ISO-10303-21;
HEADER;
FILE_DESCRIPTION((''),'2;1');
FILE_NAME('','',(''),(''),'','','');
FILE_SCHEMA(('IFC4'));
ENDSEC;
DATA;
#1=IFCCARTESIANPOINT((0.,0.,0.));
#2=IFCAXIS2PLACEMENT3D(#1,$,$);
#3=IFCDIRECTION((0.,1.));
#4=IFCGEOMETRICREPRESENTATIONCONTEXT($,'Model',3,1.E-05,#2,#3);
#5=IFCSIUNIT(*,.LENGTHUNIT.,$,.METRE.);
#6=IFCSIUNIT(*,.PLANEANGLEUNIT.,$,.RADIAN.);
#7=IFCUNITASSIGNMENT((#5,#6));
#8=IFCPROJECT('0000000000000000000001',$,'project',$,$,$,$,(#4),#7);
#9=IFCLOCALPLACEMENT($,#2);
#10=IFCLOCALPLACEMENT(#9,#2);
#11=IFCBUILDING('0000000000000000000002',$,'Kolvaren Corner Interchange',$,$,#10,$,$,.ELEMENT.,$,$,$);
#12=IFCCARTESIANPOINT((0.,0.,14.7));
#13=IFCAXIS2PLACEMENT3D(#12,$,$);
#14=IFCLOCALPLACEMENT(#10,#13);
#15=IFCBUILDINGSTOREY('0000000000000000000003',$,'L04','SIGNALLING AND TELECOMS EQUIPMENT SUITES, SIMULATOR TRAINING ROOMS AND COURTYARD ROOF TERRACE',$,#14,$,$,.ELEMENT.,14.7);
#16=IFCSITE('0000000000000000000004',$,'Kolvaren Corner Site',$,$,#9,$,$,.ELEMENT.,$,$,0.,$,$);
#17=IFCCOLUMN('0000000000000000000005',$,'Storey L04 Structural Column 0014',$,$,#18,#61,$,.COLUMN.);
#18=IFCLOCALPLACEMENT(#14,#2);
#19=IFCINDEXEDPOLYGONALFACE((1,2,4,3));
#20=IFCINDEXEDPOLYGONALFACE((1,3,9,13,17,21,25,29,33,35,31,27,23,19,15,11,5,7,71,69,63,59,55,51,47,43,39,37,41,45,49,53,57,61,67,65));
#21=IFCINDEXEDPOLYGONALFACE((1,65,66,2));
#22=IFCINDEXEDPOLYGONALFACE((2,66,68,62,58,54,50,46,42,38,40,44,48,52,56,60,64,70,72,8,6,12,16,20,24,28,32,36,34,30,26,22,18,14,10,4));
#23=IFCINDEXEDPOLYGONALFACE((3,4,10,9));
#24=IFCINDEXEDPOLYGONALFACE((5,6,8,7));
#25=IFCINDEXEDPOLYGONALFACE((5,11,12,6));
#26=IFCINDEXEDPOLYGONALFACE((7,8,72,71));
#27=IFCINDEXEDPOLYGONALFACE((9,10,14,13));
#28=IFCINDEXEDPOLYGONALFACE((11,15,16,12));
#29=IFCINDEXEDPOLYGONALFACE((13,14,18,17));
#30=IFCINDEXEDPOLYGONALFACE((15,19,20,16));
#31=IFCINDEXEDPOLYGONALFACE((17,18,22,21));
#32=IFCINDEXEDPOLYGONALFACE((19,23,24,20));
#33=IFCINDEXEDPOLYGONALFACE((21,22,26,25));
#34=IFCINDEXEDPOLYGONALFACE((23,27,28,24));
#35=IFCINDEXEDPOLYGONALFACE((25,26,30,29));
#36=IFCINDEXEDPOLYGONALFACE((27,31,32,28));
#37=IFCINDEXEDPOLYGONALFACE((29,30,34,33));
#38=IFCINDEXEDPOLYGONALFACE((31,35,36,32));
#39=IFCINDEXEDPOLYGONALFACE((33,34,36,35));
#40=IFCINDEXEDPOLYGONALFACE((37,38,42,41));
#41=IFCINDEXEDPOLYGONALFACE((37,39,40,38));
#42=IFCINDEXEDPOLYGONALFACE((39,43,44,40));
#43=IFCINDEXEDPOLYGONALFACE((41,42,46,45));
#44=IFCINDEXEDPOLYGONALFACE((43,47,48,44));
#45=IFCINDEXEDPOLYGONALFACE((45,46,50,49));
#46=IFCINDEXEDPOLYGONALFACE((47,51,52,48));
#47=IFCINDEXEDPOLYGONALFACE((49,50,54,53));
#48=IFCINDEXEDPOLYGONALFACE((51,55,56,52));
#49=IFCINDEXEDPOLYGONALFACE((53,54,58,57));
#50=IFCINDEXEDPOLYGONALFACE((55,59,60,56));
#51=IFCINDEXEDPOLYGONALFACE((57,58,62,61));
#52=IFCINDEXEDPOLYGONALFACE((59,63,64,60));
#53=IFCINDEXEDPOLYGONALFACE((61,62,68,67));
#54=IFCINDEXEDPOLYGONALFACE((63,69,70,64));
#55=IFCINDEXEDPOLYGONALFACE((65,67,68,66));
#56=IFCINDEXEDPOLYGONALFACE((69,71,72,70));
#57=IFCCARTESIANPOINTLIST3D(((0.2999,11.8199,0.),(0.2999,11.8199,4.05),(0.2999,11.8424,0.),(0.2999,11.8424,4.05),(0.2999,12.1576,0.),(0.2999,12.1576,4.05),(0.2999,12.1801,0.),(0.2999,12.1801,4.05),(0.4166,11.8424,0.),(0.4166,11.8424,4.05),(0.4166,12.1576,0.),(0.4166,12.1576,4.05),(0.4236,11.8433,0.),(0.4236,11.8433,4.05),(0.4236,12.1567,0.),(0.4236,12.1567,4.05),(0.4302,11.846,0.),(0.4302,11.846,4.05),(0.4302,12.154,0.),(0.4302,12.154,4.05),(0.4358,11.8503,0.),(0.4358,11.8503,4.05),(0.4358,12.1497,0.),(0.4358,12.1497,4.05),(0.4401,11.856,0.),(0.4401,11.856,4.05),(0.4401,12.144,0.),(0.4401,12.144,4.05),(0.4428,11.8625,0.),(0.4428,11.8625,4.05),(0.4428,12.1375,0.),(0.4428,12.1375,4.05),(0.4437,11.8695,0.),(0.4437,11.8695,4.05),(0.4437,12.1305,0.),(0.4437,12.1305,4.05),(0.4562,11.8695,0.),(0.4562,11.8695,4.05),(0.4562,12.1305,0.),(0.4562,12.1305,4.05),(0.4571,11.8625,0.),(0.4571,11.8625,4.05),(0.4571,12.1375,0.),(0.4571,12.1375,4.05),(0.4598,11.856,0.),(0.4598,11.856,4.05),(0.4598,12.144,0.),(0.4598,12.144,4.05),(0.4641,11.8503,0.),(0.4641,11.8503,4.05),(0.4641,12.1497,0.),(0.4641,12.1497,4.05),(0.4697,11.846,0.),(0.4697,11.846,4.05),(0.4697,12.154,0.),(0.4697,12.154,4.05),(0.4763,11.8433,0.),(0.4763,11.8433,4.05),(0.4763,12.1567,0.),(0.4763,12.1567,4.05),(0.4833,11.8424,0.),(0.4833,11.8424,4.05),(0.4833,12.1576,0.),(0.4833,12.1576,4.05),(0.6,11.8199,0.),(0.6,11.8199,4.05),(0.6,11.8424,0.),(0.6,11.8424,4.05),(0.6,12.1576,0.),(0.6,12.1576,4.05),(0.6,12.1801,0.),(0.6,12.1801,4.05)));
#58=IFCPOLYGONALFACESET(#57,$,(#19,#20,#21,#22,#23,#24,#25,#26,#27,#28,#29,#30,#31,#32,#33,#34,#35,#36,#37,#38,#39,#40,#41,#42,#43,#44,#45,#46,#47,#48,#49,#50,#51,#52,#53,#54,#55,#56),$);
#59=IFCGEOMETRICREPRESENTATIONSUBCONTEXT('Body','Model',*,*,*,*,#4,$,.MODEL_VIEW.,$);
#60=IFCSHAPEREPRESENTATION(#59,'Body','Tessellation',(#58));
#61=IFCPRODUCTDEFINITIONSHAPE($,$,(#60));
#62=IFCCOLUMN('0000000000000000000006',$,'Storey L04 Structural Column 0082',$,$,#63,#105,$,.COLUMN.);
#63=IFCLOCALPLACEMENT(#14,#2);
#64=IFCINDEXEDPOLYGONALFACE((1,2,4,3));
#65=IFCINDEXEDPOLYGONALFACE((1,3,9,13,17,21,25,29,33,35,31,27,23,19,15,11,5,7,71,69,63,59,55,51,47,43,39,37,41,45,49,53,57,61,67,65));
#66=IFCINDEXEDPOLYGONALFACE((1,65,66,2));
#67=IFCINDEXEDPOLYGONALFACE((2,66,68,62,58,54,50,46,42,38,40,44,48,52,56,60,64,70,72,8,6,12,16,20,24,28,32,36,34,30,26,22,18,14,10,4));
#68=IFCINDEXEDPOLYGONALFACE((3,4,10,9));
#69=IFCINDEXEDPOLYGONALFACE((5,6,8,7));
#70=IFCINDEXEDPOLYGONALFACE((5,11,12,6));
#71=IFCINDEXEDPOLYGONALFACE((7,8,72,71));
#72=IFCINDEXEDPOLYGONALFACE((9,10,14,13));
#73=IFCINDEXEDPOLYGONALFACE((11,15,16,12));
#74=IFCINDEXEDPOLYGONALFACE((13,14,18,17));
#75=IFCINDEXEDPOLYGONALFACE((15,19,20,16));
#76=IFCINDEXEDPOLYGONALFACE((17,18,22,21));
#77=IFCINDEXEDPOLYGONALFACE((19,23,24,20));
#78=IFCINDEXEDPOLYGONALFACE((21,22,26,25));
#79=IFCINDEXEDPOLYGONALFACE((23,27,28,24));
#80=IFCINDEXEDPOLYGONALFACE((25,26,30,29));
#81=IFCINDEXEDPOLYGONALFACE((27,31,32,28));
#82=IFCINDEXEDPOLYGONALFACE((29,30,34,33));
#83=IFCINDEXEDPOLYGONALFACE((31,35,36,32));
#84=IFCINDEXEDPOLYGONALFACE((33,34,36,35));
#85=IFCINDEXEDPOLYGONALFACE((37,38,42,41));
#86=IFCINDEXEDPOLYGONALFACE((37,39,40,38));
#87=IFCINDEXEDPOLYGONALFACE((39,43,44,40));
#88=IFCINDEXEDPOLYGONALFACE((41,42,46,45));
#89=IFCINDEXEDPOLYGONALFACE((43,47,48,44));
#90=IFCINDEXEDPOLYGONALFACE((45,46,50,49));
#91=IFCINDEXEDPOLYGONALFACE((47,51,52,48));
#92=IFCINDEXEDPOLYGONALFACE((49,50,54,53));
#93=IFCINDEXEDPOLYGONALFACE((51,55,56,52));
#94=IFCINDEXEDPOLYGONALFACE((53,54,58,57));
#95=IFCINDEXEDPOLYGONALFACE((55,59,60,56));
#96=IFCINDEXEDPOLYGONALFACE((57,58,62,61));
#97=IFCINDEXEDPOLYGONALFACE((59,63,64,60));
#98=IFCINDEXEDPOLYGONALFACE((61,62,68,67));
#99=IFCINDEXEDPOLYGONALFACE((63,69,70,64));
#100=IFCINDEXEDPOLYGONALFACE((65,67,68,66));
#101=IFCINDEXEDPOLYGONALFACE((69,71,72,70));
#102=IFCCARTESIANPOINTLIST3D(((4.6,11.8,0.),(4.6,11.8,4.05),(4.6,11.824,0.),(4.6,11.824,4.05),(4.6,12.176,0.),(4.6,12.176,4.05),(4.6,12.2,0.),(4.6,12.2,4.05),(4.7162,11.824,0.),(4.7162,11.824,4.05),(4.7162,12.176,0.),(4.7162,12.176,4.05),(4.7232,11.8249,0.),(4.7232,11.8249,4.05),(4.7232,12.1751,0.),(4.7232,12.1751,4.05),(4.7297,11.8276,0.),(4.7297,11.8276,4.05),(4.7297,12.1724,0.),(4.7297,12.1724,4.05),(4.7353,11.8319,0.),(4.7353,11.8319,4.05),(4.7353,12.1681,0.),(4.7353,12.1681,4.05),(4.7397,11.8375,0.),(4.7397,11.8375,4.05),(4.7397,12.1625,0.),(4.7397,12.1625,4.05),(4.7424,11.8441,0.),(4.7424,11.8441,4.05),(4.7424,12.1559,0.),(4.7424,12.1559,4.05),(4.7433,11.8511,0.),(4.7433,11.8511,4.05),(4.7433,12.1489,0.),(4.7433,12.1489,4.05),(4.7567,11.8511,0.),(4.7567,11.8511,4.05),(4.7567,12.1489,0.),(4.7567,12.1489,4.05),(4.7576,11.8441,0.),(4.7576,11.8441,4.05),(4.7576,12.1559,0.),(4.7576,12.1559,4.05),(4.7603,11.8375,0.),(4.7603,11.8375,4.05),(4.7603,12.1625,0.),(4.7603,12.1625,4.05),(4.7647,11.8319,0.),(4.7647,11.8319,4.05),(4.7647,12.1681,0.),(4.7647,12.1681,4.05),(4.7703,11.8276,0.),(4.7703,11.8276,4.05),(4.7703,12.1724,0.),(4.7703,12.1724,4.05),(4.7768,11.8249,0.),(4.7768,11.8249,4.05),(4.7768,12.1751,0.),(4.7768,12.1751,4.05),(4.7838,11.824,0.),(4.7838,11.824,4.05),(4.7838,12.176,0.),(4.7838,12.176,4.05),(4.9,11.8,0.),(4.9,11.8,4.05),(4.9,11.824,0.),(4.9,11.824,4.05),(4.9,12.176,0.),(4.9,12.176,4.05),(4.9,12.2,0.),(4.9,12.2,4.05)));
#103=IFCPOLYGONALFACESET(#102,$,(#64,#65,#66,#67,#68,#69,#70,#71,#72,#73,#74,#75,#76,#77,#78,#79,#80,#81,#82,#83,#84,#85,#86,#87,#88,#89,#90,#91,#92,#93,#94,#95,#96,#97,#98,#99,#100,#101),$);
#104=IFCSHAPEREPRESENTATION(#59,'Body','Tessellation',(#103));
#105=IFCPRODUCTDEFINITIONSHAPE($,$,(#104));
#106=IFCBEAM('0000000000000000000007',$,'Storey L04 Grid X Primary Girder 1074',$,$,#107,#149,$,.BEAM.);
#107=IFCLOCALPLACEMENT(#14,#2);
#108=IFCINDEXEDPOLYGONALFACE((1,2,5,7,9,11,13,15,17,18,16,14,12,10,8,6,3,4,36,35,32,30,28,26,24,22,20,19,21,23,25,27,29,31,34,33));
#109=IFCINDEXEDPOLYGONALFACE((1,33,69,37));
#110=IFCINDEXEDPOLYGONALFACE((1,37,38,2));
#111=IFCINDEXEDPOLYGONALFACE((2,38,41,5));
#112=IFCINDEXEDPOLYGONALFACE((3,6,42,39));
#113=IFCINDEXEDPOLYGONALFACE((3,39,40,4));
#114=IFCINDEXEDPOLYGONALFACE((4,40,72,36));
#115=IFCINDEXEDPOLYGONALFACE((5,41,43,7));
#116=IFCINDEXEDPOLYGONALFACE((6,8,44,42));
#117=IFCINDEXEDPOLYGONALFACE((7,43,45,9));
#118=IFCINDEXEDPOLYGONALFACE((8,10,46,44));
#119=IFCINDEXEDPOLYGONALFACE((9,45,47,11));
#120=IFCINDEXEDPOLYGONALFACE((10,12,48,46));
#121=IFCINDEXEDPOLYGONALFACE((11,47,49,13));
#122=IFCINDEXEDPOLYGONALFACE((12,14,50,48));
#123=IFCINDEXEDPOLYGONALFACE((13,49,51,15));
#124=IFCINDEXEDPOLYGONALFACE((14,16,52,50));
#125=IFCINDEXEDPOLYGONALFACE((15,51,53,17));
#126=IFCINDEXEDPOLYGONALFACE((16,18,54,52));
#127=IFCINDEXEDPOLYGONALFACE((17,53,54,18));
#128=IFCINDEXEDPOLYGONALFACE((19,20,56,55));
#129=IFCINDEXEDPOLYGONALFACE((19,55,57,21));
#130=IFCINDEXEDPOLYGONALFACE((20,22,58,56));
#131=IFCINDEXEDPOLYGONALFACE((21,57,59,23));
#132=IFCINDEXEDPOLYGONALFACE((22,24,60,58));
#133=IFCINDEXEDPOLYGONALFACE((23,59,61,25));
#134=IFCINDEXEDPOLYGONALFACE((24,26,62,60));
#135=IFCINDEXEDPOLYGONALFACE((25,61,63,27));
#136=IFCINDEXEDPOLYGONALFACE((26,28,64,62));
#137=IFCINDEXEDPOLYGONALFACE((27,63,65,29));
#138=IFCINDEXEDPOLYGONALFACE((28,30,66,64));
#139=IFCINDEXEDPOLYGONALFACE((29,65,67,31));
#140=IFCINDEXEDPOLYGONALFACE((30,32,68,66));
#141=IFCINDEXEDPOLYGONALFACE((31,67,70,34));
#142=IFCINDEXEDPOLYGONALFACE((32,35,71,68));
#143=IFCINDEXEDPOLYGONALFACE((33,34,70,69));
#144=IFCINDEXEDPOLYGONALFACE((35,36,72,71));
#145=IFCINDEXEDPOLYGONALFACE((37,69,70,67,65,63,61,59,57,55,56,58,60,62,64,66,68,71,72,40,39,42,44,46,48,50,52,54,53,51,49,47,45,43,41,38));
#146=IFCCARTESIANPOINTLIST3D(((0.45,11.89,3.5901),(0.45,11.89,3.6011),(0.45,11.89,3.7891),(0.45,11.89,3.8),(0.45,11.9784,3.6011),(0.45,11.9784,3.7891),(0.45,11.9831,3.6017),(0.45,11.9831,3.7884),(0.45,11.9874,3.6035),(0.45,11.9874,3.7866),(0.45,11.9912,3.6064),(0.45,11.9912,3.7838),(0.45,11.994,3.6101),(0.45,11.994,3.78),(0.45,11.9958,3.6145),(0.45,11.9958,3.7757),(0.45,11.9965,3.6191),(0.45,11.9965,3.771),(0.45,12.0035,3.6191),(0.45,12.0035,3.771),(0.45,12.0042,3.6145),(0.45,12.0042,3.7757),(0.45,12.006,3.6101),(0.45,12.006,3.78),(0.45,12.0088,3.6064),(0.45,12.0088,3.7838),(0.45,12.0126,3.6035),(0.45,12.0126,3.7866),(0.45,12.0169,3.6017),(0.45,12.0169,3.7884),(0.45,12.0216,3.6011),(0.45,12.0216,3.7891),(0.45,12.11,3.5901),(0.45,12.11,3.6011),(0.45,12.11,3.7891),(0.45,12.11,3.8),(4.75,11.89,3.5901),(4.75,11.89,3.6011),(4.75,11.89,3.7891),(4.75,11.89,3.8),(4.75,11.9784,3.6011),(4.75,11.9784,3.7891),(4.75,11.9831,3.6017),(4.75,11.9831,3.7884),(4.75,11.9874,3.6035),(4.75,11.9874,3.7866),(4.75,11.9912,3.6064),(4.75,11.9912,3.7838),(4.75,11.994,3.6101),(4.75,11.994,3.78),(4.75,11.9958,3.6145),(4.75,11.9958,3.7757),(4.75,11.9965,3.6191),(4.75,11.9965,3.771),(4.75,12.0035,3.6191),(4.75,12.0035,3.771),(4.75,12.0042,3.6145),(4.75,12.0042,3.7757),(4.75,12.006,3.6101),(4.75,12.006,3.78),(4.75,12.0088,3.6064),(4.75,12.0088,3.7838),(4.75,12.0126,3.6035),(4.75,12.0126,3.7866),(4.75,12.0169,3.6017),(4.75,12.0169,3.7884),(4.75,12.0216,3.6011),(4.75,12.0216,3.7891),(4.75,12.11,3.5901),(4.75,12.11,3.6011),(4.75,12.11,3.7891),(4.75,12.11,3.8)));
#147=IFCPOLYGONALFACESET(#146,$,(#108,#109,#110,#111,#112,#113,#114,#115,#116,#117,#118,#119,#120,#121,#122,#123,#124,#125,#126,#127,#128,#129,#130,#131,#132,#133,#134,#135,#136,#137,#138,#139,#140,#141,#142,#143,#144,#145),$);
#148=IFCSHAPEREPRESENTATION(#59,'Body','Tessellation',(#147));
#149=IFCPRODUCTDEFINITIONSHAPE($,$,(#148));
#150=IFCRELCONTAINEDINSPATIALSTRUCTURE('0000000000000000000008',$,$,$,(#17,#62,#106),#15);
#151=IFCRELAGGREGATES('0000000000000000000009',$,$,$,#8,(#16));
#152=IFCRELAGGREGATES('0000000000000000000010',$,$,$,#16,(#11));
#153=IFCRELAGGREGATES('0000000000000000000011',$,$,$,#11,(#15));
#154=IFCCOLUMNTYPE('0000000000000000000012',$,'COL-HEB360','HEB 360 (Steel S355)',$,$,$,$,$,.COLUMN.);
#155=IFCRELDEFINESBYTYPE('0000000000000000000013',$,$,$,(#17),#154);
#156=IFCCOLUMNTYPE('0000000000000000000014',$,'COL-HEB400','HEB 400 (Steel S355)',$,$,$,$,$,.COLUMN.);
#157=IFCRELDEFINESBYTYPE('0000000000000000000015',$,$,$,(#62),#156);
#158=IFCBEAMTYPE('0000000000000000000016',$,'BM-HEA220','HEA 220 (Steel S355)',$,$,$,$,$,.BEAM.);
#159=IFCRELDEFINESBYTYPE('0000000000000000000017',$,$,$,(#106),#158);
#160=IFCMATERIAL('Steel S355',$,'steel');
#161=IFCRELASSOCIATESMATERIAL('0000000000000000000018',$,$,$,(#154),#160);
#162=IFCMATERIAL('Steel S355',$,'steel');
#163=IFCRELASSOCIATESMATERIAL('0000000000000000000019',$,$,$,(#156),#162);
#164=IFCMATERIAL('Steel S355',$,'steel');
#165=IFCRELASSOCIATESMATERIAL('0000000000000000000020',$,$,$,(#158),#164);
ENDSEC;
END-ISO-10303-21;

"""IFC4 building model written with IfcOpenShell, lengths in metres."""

from ifc_helpers import new_model, si_unit, direction, frame, origin, origin_2d, place, context, subcontext, project, spatial, i_section, extrude, material, material_profile, profile_set, type_object, element, save


model = new_model("IFC4")

# Units and contexts
model_context = context("Model", 3, precision=1e-05, world=origin(), true_north=direction((0.0, 1.0)))
body_context = subcontext(model_context, "Body", "Model", "MODEL_VIEW")
ifc_project = project(units=[si_unit("LENGTHUNIT", "METRE"), si_unit("PLANEANGLEUNIT", "RADIAN")], contexts=[model_context])

# Site, building, storey
site_placement = place(None, origin())
site = spatial("IfcSite", under=ifc_project, at=site_placement, Name="Kolvaren Corner Site", CompositionType="ELEMENT", RefElevation=0.0)
building_placement = place(site_placement, origin())
building = spatial("IfcBuilding", under=site, at=building_placement, Name="Kolvaren Corner Interchange", CompositionType="ELEMENT")
storey_placement = place(building_placement, frame((0.0, 0.0, 14.7)))
storey = spatial("IfcBuildingStorey", under=building, at=storey_placement, Name="L04", Description="SIGNALLING AND TELECOMS EQUIPMENT SUITES, SIMULATOR TRAINING ROOMS AND COURTYARD ROOF TERRACE", CompositionType="ELEMENT", Elevation=14.7)

# Columns
ifc_material_1 = material(Name="Steel S355", Category="steel")
ifc_material_profile_1 = material_profile(ifc_material_1, i_section(OverallWidth=0.3, OverallDepth=0.3601, WebThickness=0.0125, FlangeThickness=0.0225, FilletRadius=0.0271, at=origin_2d()), Name="HEB 360")
ifc_profile_set_1 = profile_set([ifc_material_profile_1], Name="Steel S355")
column_type_1 = type_object("IfcColumnType", Name="COL-HEB360", Description="HEB 360 (Steel S355)", PredefinedType="COLUMN", material=ifc_profile_set_1)
column_1_placement = place(storey_placement, frame((0.45, 12.0, 0.0), z_axis=(0.0, 0.0, 1.0), x_axis=(1.0, 0.0, 0.0)))
element("IfcColumn", 1, at=column_1_placement, inside=storey, type_object=column_type_1, Name="Storey L04 Structural Column 0014", PredefinedType="COLUMN", context=body_context, shape_type="SweptSolid", body=[
    extrude(i_section(OverallWidth=0.3, OverallDepth=0.3601, WebThickness=0.0125, FlangeThickness=0.0225, FilletRadius=0.0271, at=origin_2d()), origin(), (0.0, 0.0, 1.0), 4.05),
])
ifc_material_2 = material(Name="Steel S355", Category="steel")
ifc_material_profile_2 = material_profile(ifc_material_2, i_section(OverallWidth=0.3, OverallDepth=0.3999, WebThickness=0.0134, FlangeThickness=0.0239, FilletRadius=0.0271, at=origin_2d()), Name="HEB 400")
ifc_profile_set_2 = profile_set([ifc_material_profile_2], Name="Steel S355")
column_type_2 = type_object("IfcColumnType", Name="COL-HEB400", Description="HEB 400 (Steel S355)", PredefinedType="COLUMN", material=ifc_profile_set_2)
column_2_placement = place(storey_placement, frame((4.75, 12.0, 0.0), z_axis=(0.0, 0.0, 1.0), x_axis=(1.0, 0.0, 0.0)))
element("IfcColumn", 2, at=column_2_placement, inside=storey, type_object=column_type_2, Name="Storey L04 Structural Column 0082", PredefinedType="COLUMN", context=body_context, shape_type="SweptSolid", body=[
    extrude(i_section(OverallWidth=0.3, OverallDepth=0.3999, WebThickness=0.0134, FlangeThickness=0.0239, FilletRadius=0.0271, at=origin_2d()), origin(), (0.0, 0.0, 1.0), 4.05),
])

# Beam
ifc_material_3 = material(Name="Steel S355", Category="steel")
ifc_material_profile_3 = material_profile(ifc_material_3, i_section(OverallWidth=0.22, OverallDepth=0.21, WebThickness=0.0071, FlangeThickness=0.011, FilletRadius=0.0181, at=origin_2d()), Name="HEA 220")
ifc_profile_set_3 = profile_set([ifc_material_profile_3], Name="Steel S355")
beam_type_1 = type_object("IfcBeamType", Name="BM-HEA220", Description="HEA 220 (Steel S355)", PredefinedType="BEAM", material=ifc_profile_set_3)
beam_1_placement = place(storey_placement, frame((0.45, 12.0, 3.6951), z_axis=(1.0, 0.0, 0.0), x_axis=(0.0, 1.0, 0.0)))
element("IfcBeam", 3, at=beam_1_placement, inside=storey, type_object=beam_type_1, Name="Storey L04 Grid X Primary Girder 1074", PredefinedType="BEAM", context=body_context, shape_type="SweptSolid", body=[
    extrude(i_section(OverallWidth=0.22, OverallDepth=0.21, WebThickness=0.0071, FlangeThickness=0.011, FilletRadius=0.0181, at=origin_2d()), origin(), (0.0, 0.0, 1.0), 4.3),
])

save(model, "model.ifc")
